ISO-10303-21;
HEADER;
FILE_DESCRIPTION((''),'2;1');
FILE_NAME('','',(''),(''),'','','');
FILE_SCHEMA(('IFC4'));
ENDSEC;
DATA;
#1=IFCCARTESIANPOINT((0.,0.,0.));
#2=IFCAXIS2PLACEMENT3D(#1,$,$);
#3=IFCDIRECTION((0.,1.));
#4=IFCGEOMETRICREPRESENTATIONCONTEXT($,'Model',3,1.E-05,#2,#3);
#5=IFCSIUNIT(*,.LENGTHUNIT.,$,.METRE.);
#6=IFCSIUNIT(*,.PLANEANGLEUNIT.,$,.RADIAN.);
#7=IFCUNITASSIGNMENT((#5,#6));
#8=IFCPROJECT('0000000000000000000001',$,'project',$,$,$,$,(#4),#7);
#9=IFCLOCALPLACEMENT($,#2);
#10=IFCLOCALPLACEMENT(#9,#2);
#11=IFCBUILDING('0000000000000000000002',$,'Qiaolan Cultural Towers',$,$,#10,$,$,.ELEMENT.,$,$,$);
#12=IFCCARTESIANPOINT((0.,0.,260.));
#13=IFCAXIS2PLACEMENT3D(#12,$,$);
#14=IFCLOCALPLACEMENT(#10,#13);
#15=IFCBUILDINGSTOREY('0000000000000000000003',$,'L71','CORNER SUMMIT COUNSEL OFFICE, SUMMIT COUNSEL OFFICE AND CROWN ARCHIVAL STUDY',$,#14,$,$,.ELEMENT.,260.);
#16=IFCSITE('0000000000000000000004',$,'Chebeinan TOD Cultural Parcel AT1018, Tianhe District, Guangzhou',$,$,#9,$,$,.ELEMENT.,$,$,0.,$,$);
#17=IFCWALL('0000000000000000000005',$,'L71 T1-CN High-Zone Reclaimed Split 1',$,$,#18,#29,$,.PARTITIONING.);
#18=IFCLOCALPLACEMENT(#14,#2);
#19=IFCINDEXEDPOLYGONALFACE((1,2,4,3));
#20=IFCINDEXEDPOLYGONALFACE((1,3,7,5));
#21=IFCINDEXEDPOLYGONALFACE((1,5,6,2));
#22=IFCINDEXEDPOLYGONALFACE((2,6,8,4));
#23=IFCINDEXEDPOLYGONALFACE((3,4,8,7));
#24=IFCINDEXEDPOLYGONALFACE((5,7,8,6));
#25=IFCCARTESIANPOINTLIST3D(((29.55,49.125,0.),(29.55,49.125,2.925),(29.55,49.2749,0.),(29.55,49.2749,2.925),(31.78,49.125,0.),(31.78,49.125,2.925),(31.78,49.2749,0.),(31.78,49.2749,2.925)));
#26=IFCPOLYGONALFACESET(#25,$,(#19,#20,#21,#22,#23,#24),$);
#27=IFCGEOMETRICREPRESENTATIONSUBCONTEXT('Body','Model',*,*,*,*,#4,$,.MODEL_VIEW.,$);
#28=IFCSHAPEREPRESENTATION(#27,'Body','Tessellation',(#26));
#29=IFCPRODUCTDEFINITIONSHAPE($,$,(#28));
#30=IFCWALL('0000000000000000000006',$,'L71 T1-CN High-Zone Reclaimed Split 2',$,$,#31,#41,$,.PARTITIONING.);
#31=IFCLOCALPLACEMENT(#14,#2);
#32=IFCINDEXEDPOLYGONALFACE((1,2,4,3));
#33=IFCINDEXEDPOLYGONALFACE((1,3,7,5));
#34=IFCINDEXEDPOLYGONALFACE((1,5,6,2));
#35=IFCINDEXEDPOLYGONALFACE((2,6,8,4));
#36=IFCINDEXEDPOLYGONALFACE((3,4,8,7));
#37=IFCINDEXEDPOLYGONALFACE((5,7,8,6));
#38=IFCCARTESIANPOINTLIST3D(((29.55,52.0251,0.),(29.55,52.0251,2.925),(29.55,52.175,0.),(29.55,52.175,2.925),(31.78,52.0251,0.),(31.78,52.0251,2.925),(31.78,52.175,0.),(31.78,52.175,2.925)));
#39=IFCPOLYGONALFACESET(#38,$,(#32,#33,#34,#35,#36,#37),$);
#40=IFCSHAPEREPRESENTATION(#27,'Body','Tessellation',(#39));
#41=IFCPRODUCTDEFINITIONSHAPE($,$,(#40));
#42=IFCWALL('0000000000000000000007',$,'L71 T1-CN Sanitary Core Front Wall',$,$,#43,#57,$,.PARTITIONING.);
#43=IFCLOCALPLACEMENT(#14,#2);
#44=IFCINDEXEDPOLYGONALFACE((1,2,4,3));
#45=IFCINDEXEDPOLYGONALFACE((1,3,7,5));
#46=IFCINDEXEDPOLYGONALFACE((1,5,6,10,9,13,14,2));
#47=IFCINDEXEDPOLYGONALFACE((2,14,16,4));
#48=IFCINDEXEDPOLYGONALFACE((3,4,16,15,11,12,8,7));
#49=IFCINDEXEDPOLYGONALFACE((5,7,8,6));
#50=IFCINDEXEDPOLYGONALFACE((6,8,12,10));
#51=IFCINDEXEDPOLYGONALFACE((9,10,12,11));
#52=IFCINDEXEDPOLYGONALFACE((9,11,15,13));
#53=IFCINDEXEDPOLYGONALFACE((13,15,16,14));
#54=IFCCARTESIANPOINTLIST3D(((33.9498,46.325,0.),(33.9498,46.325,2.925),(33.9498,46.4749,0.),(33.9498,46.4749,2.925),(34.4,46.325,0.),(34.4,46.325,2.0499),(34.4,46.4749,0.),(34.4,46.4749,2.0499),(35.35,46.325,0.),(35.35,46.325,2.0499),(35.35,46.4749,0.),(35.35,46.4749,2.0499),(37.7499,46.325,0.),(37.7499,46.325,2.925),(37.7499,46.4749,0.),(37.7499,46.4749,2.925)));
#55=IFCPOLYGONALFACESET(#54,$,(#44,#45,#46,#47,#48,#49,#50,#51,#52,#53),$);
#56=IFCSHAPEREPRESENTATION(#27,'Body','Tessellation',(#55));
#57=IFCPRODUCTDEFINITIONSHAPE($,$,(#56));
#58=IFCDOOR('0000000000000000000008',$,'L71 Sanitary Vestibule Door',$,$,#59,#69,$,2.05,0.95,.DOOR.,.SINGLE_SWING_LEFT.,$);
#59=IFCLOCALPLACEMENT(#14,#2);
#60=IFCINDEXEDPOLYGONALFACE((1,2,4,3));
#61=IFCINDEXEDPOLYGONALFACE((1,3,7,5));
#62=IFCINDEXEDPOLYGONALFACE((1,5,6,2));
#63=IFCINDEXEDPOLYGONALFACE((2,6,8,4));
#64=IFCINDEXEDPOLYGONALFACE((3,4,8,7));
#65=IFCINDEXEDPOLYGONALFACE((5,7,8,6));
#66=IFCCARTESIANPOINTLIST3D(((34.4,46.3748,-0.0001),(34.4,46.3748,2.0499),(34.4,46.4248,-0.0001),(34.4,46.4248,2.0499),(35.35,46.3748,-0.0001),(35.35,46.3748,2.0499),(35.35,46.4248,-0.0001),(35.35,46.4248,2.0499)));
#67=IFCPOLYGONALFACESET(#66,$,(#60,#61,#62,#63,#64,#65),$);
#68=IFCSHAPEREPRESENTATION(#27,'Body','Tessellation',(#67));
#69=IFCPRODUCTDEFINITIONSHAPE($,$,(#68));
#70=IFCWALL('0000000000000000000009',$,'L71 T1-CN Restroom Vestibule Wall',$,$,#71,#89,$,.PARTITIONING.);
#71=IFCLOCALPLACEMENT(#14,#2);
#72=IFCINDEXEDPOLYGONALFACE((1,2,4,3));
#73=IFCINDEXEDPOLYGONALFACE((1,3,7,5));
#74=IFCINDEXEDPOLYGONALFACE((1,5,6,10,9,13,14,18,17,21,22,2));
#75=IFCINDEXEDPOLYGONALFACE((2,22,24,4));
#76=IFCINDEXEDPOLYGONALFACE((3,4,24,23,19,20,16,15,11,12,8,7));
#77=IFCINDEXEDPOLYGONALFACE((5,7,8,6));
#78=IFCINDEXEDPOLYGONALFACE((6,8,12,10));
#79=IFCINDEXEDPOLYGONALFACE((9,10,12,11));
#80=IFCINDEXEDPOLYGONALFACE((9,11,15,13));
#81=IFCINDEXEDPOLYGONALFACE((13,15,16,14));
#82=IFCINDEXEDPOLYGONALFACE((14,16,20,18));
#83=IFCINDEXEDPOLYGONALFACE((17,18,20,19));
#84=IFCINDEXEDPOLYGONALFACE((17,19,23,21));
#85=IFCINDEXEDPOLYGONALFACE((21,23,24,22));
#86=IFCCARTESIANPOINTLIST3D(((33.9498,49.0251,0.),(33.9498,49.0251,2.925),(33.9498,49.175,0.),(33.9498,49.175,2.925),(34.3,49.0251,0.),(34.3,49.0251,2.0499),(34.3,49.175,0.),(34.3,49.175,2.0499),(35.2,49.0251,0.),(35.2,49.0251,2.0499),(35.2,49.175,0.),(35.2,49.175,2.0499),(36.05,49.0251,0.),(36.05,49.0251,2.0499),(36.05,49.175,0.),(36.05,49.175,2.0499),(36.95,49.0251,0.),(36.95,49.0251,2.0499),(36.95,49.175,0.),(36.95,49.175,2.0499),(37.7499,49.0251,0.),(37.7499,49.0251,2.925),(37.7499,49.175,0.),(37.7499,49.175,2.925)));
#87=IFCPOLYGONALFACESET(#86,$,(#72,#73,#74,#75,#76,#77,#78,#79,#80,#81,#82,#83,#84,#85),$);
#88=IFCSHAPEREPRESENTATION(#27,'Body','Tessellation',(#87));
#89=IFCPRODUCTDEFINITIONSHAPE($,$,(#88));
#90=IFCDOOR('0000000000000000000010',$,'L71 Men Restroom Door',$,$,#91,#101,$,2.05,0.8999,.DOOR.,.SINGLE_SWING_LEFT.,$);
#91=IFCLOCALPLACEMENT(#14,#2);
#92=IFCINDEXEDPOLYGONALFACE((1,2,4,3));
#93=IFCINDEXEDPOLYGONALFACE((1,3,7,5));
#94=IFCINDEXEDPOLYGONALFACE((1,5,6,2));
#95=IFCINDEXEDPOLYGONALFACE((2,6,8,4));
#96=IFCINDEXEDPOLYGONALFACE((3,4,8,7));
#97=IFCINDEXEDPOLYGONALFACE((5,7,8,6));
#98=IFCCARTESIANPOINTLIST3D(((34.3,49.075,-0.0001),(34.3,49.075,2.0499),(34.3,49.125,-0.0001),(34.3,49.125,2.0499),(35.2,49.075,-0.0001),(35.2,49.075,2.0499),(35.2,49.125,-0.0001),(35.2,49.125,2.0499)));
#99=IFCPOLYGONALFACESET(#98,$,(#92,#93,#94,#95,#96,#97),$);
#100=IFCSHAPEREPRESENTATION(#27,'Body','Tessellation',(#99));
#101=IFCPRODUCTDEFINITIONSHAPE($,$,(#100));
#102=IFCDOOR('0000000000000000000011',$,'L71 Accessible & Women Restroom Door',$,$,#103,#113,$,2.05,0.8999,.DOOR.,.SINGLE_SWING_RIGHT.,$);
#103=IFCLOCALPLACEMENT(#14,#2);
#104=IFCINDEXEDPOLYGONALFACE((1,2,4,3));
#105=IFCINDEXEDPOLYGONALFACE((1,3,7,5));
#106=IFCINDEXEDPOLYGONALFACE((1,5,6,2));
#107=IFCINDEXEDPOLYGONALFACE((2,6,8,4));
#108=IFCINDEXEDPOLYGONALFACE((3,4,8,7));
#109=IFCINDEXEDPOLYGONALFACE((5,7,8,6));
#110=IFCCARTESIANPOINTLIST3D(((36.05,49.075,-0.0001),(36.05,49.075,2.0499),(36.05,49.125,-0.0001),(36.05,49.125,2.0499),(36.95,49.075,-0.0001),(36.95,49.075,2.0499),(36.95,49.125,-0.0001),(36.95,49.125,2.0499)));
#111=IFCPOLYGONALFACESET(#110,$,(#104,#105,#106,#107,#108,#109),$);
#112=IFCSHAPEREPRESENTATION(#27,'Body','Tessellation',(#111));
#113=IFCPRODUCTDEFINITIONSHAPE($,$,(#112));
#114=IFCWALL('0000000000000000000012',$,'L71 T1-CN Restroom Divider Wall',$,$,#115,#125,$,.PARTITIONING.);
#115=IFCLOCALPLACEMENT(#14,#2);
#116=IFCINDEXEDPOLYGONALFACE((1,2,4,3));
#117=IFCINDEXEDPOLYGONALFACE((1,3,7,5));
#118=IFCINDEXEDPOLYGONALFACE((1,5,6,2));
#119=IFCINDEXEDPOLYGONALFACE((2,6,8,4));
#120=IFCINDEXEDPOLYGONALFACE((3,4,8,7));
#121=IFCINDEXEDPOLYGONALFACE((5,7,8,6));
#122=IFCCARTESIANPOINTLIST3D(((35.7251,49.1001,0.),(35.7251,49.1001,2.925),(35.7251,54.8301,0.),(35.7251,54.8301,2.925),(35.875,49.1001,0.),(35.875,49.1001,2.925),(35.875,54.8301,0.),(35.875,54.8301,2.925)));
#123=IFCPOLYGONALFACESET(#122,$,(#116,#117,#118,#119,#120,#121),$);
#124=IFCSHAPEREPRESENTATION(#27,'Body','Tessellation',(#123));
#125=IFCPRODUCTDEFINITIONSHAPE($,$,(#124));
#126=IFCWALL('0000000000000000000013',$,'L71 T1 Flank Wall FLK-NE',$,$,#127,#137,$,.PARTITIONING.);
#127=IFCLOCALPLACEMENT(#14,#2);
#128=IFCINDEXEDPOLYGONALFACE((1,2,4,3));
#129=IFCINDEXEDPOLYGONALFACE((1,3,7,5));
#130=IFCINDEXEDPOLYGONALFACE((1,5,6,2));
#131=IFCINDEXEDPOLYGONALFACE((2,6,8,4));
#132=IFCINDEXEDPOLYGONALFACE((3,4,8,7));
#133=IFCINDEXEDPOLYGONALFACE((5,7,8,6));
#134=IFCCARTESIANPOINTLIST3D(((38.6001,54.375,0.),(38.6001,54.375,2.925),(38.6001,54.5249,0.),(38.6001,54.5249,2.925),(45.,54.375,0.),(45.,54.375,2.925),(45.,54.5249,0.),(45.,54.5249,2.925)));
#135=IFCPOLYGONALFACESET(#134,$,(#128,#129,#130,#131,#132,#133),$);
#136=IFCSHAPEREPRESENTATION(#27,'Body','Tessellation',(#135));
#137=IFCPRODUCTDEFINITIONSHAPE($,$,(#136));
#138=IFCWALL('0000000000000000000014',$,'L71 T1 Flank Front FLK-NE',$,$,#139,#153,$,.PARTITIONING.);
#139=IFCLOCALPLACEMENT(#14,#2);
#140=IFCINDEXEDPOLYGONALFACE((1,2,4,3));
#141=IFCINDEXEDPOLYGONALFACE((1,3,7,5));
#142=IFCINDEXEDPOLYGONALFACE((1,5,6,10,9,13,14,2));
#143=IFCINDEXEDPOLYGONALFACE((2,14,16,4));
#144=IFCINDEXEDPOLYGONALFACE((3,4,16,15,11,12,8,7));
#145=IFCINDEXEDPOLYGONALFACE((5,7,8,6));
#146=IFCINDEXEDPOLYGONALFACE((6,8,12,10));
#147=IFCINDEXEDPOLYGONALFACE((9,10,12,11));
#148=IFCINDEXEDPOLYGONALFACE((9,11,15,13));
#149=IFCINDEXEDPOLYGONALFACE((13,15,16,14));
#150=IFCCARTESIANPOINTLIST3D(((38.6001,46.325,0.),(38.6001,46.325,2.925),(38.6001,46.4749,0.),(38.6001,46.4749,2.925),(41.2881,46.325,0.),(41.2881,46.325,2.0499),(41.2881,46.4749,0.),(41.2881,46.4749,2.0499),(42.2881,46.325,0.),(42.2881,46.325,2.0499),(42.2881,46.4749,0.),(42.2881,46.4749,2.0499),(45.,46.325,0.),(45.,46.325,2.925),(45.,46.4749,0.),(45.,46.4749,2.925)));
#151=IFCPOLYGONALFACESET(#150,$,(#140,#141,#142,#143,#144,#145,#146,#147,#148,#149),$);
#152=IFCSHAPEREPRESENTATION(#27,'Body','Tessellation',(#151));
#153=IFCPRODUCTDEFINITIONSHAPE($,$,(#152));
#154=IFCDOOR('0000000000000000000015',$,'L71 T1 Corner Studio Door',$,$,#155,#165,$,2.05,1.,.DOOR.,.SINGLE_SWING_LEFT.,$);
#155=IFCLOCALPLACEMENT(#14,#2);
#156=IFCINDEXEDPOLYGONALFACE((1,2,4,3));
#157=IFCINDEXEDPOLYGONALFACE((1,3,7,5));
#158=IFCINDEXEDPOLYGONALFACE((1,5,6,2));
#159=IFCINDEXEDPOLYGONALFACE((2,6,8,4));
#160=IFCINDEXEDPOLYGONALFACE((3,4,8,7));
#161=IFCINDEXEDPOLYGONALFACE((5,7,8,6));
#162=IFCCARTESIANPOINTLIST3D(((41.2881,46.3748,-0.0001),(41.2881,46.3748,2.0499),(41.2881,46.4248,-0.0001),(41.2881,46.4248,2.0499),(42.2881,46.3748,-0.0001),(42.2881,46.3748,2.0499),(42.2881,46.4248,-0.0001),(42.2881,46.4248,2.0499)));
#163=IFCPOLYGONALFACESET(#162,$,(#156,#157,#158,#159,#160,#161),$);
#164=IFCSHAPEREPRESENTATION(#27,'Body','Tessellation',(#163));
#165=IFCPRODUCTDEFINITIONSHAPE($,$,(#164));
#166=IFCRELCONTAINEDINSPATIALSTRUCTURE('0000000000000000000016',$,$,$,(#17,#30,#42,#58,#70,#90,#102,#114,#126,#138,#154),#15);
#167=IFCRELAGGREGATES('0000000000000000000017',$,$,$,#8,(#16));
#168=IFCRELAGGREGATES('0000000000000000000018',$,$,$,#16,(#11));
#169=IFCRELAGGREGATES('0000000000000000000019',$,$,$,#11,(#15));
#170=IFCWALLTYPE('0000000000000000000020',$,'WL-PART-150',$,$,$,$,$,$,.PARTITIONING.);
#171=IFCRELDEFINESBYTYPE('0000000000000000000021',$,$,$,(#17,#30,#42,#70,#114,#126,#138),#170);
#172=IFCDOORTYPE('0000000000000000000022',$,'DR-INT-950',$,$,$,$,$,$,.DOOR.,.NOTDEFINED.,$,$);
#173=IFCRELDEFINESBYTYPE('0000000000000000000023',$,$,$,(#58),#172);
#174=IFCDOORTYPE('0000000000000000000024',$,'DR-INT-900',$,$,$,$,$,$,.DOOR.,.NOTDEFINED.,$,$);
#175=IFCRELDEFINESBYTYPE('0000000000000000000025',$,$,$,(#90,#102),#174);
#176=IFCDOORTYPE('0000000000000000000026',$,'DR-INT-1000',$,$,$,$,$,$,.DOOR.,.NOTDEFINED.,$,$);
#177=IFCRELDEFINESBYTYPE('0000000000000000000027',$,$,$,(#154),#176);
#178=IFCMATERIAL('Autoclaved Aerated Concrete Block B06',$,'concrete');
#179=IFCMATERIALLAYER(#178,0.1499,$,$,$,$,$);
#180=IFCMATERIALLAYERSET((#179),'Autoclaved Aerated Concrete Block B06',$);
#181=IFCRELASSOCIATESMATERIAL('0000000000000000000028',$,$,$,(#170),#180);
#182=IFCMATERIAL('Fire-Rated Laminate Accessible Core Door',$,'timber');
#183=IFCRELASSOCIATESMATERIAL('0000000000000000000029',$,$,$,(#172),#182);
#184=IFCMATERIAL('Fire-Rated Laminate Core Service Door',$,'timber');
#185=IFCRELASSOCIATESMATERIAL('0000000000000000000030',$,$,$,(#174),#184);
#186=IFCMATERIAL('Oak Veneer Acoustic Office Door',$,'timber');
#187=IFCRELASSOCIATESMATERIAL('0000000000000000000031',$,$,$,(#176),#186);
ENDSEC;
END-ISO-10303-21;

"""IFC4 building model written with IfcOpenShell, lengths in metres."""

from ifc_helpers import new_model, si_unit, direction, frame, frame_2d, origin, place, context, subcontext, project, spatial, rectangle, extrude, material, layer, layer_set, type_object, element, fill, save


model = new_model("IFC4")

# Units and contexts
model_context = context("Model", 3, precision=1e-05, world=origin(), true_north=direction((0.0, 1.0)))
body_context = subcontext(model_context, "Body", "Model", "MODEL_VIEW")
ifc_project = project(units=[si_unit("LENGTHUNIT", "METRE"), si_unit("PLANEANGLEUNIT", "RADIAN")], contexts=[model_context])

# Site, building, storey
site_placement = place(None, origin())
site = spatial("IfcSite", under=ifc_project, at=site_placement, Name="Chebeinan TOD Cultural Parcel AT1018, Tianhe District, Guangzhou", CompositionType="ELEMENT", RefElevation=0.0)
building_placement = place(site_placement, origin())
building = spatial("IfcBuilding", under=site, at=building_placement, Name="Qiaolan Cultural Towers", CompositionType="ELEMENT")
storey_placement = place(building_placement, frame((0.0, 0.0, 260.0)))
storey = spatial("IfcBuildingStorey", under=building, at=storey_placement, Name="L71", Description="CORNER SUMMIT COUNSEL OFFICE, SUMMIT COUNSEL OFFICE AND CROWN ARCHIVAL STUDY", CompositionType="ELEMENT", Elevation=260.0)

# Walls
ifc_material_1 = material(Name="Autoclaved Aerated Concrete Block B06", Category="concrete")
ifc_layer_1 = layer(ifc_material_1, 0.1499)
ifc_layer_set_1 = layer_set([ifc_layer_1], Name="Autoclaved Aerated Concrete Block B06")
wall_type_1 = type_object("IfcWallType", Name="WL-PART-150", PredefinedType="PARTITIONING", material=ifc_layer_set_1)
for number, where, z_axis, x_axis, name in (
    (1, (29.55, 49.2, 0.0), (0.0, 0.0, 1.0), (1.0, 0.0, 0.0), "L71 T1-CN High-Zone Reclaimed Split 1"),
    (2, (29.55, 52.1001, 0.0), (0.0, 0.0, 1.0), (1.0, 0.0, 0.0), "L71 T1-CN High-Zone Reclaimed Split 2"),
):
    element("IfcWall", number, at=place(storey_placement, frame(where, z_axis=z_axis, x_axis=x_axis)), inside=storey, type_object=wall_type_1, Name=name, PredefinedType="PARTITIONING", context=body_context, shape_type="SweptSolid", body=[
        extrude(rectangle(XDim=2.23, YDim=0.1499, at=frame_2d((1.115, 0.0))), origin(), (0.0, 0.0, 1.0), 2.925),
    ])

# Wall, opening, door
wall_1_placement = place(storey_placement, frame((33.95, 46.3999, 0.0), z_axis=(0.0, 0.0, 1.0), x_axis=(1.0, 0.0, 0.0)))
wall_1 = element("IfcWall", 3, at=wall_1_placement, inside=storey, type_object=wall_type_1, Name="L71 T1-CN Sanitary Core Front Wall", PredefinedType="PARTITIONING", context=body_context, shape_type="SweptSolid", body=[
    extrude(rectangle(XDim=3.8, YDim=0.1499, at=frame_2d((1.8999, 0.0))), origin(), (0.0, 0.0, 1.0), 2.925),
])
opening_1_placement = place(wall_1_placement, frame((0.45, 0.0, 0.0)))
opening_1 = element("IfcOpeningElement", 4, at=opening_1_placement, cuts=wall_1, PredefinedType="OPENING", context=body_context, shape_type="SweptSolid", body=[
    extrude(rectangle(XDim=0.95, YDim=2.05, at=frame_2d((0.4751, 1.0249))), frame((0.0, 0.085, 0.0), z_axis=(0.0, -1.0, 0.0), x_axis=(1.0, 0.0, 0.0)), (0.0, 0.0, 1.0), 0.1699),
])
ifc_material_2 = material(Name="Fire-Rated Laminate Accessible Core Door", Category="timber")
door_type_1 = type_object("IfcDoorType", Name="DR-INT-950", OperationType="NOTDEFINED", PredefinedType="DOOR", material=ifc_material_2)
door_1_placement = place(opening_1_placement, origin())
door_1 = element("IfcDoor", 5, at=door_1_placement, inside=storey, type_object=door_type_1, Name="L71 Sanitary Vestibule Door", OperationType="SINGLE_SWING_LEFT", OverallHeight=2.05, OverallWidth=0.95, PredefinedType="DOOR", context=body_context, shape_type="SweptSolid", body=[
    extrude(rectangle(XDim=0.95, YDim=2.05, at=frame_2d((0.4751, 1.0249))), frame((0.0, 0.0249, 0.0), z_axis=(0.0, -1.0, 0.0), x_axis=(1.0, 0.0, 0.0)), (0.0, 0.0, 1.0), 0.05),
])
fill(opening_1, door_1)

# Wall, openings, doors
wall_2_placement = place(storey_placement, frame((33.95, 49.1001, 0.0), z_axis=(0.0, 0.0, 1.0), x_axis=(1.0, 0.0, 0.0)))
wall_2 = element("IfcWall", 6, at=wall_2_placement, inside=storey, type_object=wall_type_1, Name="L71 T1-CN Restroom Vestibule Wall", PredefinedType="PARTITIONING", context=body_context, shape_type="SweptSolid", body=[
    extrude(rectangle(XDim=3.8, YDim=0.1499, at=frame_2d((1.8999, 0.0))), origin(), (0.0, 0.0, 1.0), 2.925),
])
opening_2_placement = place(wall_2_placement, frame((0.3501, 0.0, 0.0)))
opening_2 = element("IfcOpeningElement", 7, at=opening_2_placement, cuts=wall_2, PredefinedType="OPENING", context=body_context, shape_type="SweptSolid", body=[
    extrude(rectangle(XDim=0.8999, YDim=2.05, at=frame_2d((0.45, 1.0249))), frame((0.0, 0.085, 0.0), z_axis=(0.0, -1.0, 0.0), x_axis=(1.0, 0.0, 0.0)), (0.0, 0.0, 1.0), 0.1699),
])
opening_3_placement = place(wall_2_placement, frame((2.1001, 0.0, 0.0)))
opening_3 = element("IfcOpeningElement", 8, at=opening_3_placement, cuts=wall_2, PredefinedType="OPENING", context=body_context, shape_type="SweptSolid", body=[
    extrude(rectangle(XDim=0.8999, YDim=2.05, at=frame_2d((0.45, 1.0249))), frame((0.0, 0.085, 0.0), z_axis=(0.0, -1.0, 0.0), x_axis=(1.0, 0.0, 0.0)), (0.0, 0.0, 1.0), 0.1699),
])
ifc_material_3 = material(Name="Fire-Rated Laminate Core Service Door", Category="timber")
door_type_2 = type_object("IfcDoorType", Name="DR-INT-900", OperationType="NOTDEFINED", PredefinedType="DOOR", material=ifc_material_3)
door_2_placement = place(opening_2_placement, origin())
door_2 = element("IfcDoor", 9, at=door_2_placement, inside=storey, type_object=door_type_2, Name="L71 Men Restroom Door", OperationType="SINGLE_SWING_LEFT", OverallHeight=2.05, OverallWidth=0.8999, PredefinedType="DOOR", context=body_context, shape_type="SweptSolid", body=[
    extrude(rectangle(XDim=0.8999, YDim=2.05, at=frame_2d((0.45, 1.0249))), frame((0.0, 0.0249, 0.0), z_axis=(0.0, -1.0, 0.0), x_axis=(1.0, 0.0, 0.0)), (0.0, 0.0, 1.0), 0.05),
])
fill(opening_2, door_2)
door_3_placement = place(opening_3_placement, origin())
door_3 = element("IfcDoor", 10, at=door_3_placement, inside=storey, type_object=door_type_2, Name="L71 Accessible & Women Restroom Door", OperationType="SINGLE_SWING_RIGHT", OverallHeight=2.05, OverallWidth=0.8999, PredefinedType="DOOR", context=body_context, shape_type="SweptSolid", body=[
    extrude(rectangle(XDim=0.8999, YDim=2.05, at=frame_2d((0.45, 1.0249))), frame((0.0, 0.0249, 0.0), z_axis=(0.0, -1.0, 0.0), x_axis=(1.0, 0.0, 0.0)), (0.0, 0.0, 1.0), 0.05),
])
fill(opening_3, door_3)

# Walls
wall_3_placement = place(storey_placement, frame((35.8, 49.1001, 0.0), z_axis=(0.0, 0.0, 1.0), x_axis=(0.0, 1.0, 0.0)))
element("IfcWall", 11, at=wall_3_placement, inside=storey, type_object=wall_type_1, Name="L71 T1-CN Restroom Divider Wall", PredefinedType="PARTITIONING", context=body_context, shape_type="SweptSolid", body=[
    extrude(rectangle(XDim=5.73, YDim=0.1499, at=frame_2d((2.865, 0.0))), origin(), (0.0, 0.0, 1.0), 2.925),
])
wall_4_placement = place(storey_placement, frame((38.6001, 54.45, 0.0), z_axis=(0.0, 0.0, 1.0), x_axis=(1.0, 0.0, 0.0)))
element("IfcWall", 12, at=wall_4_placement, inside=storey, type_object=wall_type_1, Name="L71 T1 Flank Wall FLK-NE", PredefinedType="PARTITIONING", context=body_context, shape_type="SweptSolid", body=[
    extrude(rectangle(XDim=6.3999, YDim=0.1499, at=frame_2d((3.2, 0.0))), origin(), (0.0, 0.0, 1.0), 2.925),
])

# Wall, opening, door
wall_5_placement = place(storey_placement, frame((38.6001, 46.3999, 0.0), z_axis=(0.0, 0.0, 1.0), x_axis=(1.0, 0.0, 0.0)))
wall_5 = element("IfcWall", 13, at=wall_5_placement, inside=storey, type_object=wall_type_1, Name="L71 T1 Flank Front FLK-NE", PredefinedType="PARTITIONING", context=body_context, shape_type="SweptSolid", body=[
    extrude(rectangle(XDim=6.3999, YDim=0.1499, at=frame_2d((3.2, 0.0))), origin(), (0.0, 0.0, 1.0), 2.925),
])
opening_4_placement = place(wall_5_placement, frame((2.688, 0.0, 0.0)))
opening_4 = element("IfcOpeningElement", 14, at=opening_4_placement, cuts=wall_5, PredefinedType="OPENING", context=body_context, shape_type="SweptSolid", body=[
    extrude(rectangle(XDim=1.0, YDim=2.05, at=frame_2d((0.5, 1.0249))), frame((0.0, 0.085, 0.0), z_axis=(0.0, -1.0, 0.0), x_axis=(1.0, 0.0, 0.0)), (0.0, 0.0, 1.0), 0.1699),
])
ifc_material_4 = material(Name="Oak Veneer Acoustic Office Door", Category="timber")
door_type_3 = type_object("IfcDoorType", Name="DR-INT-1000", OperationType="NOTDEFINED", PredefinedType="DOOR", material=ifc_material_4)
door_4_placement = place(opening_4_placement, origin())
door_4 = element("IfcDoor", 15, at=door_4_placement, inside=storey, type_object=door_type_3, Name="L71 T1 Corner Studio Door", OperationType="SINGLE_SWING_LEFT", OverallHeight=2.05, OverallWidth=1.0, PredefinedType="DOOR", context=body_context, shape_type="SweptSolid", body=[
    extrude(rectangle(XDim=1.0, YDim=2.05, at=frame_2d((0.5, 1.0249))), frame((0.0, 0.0249, 0.0), z_axis=(0.0, -1.0, 0.0), x_axis=(1.0, 0.0, 0.0)), (0.0, 0.0, 1.0), 0.05),
])
fill(opening_4, door_4)

save(model, "model.ifc")
